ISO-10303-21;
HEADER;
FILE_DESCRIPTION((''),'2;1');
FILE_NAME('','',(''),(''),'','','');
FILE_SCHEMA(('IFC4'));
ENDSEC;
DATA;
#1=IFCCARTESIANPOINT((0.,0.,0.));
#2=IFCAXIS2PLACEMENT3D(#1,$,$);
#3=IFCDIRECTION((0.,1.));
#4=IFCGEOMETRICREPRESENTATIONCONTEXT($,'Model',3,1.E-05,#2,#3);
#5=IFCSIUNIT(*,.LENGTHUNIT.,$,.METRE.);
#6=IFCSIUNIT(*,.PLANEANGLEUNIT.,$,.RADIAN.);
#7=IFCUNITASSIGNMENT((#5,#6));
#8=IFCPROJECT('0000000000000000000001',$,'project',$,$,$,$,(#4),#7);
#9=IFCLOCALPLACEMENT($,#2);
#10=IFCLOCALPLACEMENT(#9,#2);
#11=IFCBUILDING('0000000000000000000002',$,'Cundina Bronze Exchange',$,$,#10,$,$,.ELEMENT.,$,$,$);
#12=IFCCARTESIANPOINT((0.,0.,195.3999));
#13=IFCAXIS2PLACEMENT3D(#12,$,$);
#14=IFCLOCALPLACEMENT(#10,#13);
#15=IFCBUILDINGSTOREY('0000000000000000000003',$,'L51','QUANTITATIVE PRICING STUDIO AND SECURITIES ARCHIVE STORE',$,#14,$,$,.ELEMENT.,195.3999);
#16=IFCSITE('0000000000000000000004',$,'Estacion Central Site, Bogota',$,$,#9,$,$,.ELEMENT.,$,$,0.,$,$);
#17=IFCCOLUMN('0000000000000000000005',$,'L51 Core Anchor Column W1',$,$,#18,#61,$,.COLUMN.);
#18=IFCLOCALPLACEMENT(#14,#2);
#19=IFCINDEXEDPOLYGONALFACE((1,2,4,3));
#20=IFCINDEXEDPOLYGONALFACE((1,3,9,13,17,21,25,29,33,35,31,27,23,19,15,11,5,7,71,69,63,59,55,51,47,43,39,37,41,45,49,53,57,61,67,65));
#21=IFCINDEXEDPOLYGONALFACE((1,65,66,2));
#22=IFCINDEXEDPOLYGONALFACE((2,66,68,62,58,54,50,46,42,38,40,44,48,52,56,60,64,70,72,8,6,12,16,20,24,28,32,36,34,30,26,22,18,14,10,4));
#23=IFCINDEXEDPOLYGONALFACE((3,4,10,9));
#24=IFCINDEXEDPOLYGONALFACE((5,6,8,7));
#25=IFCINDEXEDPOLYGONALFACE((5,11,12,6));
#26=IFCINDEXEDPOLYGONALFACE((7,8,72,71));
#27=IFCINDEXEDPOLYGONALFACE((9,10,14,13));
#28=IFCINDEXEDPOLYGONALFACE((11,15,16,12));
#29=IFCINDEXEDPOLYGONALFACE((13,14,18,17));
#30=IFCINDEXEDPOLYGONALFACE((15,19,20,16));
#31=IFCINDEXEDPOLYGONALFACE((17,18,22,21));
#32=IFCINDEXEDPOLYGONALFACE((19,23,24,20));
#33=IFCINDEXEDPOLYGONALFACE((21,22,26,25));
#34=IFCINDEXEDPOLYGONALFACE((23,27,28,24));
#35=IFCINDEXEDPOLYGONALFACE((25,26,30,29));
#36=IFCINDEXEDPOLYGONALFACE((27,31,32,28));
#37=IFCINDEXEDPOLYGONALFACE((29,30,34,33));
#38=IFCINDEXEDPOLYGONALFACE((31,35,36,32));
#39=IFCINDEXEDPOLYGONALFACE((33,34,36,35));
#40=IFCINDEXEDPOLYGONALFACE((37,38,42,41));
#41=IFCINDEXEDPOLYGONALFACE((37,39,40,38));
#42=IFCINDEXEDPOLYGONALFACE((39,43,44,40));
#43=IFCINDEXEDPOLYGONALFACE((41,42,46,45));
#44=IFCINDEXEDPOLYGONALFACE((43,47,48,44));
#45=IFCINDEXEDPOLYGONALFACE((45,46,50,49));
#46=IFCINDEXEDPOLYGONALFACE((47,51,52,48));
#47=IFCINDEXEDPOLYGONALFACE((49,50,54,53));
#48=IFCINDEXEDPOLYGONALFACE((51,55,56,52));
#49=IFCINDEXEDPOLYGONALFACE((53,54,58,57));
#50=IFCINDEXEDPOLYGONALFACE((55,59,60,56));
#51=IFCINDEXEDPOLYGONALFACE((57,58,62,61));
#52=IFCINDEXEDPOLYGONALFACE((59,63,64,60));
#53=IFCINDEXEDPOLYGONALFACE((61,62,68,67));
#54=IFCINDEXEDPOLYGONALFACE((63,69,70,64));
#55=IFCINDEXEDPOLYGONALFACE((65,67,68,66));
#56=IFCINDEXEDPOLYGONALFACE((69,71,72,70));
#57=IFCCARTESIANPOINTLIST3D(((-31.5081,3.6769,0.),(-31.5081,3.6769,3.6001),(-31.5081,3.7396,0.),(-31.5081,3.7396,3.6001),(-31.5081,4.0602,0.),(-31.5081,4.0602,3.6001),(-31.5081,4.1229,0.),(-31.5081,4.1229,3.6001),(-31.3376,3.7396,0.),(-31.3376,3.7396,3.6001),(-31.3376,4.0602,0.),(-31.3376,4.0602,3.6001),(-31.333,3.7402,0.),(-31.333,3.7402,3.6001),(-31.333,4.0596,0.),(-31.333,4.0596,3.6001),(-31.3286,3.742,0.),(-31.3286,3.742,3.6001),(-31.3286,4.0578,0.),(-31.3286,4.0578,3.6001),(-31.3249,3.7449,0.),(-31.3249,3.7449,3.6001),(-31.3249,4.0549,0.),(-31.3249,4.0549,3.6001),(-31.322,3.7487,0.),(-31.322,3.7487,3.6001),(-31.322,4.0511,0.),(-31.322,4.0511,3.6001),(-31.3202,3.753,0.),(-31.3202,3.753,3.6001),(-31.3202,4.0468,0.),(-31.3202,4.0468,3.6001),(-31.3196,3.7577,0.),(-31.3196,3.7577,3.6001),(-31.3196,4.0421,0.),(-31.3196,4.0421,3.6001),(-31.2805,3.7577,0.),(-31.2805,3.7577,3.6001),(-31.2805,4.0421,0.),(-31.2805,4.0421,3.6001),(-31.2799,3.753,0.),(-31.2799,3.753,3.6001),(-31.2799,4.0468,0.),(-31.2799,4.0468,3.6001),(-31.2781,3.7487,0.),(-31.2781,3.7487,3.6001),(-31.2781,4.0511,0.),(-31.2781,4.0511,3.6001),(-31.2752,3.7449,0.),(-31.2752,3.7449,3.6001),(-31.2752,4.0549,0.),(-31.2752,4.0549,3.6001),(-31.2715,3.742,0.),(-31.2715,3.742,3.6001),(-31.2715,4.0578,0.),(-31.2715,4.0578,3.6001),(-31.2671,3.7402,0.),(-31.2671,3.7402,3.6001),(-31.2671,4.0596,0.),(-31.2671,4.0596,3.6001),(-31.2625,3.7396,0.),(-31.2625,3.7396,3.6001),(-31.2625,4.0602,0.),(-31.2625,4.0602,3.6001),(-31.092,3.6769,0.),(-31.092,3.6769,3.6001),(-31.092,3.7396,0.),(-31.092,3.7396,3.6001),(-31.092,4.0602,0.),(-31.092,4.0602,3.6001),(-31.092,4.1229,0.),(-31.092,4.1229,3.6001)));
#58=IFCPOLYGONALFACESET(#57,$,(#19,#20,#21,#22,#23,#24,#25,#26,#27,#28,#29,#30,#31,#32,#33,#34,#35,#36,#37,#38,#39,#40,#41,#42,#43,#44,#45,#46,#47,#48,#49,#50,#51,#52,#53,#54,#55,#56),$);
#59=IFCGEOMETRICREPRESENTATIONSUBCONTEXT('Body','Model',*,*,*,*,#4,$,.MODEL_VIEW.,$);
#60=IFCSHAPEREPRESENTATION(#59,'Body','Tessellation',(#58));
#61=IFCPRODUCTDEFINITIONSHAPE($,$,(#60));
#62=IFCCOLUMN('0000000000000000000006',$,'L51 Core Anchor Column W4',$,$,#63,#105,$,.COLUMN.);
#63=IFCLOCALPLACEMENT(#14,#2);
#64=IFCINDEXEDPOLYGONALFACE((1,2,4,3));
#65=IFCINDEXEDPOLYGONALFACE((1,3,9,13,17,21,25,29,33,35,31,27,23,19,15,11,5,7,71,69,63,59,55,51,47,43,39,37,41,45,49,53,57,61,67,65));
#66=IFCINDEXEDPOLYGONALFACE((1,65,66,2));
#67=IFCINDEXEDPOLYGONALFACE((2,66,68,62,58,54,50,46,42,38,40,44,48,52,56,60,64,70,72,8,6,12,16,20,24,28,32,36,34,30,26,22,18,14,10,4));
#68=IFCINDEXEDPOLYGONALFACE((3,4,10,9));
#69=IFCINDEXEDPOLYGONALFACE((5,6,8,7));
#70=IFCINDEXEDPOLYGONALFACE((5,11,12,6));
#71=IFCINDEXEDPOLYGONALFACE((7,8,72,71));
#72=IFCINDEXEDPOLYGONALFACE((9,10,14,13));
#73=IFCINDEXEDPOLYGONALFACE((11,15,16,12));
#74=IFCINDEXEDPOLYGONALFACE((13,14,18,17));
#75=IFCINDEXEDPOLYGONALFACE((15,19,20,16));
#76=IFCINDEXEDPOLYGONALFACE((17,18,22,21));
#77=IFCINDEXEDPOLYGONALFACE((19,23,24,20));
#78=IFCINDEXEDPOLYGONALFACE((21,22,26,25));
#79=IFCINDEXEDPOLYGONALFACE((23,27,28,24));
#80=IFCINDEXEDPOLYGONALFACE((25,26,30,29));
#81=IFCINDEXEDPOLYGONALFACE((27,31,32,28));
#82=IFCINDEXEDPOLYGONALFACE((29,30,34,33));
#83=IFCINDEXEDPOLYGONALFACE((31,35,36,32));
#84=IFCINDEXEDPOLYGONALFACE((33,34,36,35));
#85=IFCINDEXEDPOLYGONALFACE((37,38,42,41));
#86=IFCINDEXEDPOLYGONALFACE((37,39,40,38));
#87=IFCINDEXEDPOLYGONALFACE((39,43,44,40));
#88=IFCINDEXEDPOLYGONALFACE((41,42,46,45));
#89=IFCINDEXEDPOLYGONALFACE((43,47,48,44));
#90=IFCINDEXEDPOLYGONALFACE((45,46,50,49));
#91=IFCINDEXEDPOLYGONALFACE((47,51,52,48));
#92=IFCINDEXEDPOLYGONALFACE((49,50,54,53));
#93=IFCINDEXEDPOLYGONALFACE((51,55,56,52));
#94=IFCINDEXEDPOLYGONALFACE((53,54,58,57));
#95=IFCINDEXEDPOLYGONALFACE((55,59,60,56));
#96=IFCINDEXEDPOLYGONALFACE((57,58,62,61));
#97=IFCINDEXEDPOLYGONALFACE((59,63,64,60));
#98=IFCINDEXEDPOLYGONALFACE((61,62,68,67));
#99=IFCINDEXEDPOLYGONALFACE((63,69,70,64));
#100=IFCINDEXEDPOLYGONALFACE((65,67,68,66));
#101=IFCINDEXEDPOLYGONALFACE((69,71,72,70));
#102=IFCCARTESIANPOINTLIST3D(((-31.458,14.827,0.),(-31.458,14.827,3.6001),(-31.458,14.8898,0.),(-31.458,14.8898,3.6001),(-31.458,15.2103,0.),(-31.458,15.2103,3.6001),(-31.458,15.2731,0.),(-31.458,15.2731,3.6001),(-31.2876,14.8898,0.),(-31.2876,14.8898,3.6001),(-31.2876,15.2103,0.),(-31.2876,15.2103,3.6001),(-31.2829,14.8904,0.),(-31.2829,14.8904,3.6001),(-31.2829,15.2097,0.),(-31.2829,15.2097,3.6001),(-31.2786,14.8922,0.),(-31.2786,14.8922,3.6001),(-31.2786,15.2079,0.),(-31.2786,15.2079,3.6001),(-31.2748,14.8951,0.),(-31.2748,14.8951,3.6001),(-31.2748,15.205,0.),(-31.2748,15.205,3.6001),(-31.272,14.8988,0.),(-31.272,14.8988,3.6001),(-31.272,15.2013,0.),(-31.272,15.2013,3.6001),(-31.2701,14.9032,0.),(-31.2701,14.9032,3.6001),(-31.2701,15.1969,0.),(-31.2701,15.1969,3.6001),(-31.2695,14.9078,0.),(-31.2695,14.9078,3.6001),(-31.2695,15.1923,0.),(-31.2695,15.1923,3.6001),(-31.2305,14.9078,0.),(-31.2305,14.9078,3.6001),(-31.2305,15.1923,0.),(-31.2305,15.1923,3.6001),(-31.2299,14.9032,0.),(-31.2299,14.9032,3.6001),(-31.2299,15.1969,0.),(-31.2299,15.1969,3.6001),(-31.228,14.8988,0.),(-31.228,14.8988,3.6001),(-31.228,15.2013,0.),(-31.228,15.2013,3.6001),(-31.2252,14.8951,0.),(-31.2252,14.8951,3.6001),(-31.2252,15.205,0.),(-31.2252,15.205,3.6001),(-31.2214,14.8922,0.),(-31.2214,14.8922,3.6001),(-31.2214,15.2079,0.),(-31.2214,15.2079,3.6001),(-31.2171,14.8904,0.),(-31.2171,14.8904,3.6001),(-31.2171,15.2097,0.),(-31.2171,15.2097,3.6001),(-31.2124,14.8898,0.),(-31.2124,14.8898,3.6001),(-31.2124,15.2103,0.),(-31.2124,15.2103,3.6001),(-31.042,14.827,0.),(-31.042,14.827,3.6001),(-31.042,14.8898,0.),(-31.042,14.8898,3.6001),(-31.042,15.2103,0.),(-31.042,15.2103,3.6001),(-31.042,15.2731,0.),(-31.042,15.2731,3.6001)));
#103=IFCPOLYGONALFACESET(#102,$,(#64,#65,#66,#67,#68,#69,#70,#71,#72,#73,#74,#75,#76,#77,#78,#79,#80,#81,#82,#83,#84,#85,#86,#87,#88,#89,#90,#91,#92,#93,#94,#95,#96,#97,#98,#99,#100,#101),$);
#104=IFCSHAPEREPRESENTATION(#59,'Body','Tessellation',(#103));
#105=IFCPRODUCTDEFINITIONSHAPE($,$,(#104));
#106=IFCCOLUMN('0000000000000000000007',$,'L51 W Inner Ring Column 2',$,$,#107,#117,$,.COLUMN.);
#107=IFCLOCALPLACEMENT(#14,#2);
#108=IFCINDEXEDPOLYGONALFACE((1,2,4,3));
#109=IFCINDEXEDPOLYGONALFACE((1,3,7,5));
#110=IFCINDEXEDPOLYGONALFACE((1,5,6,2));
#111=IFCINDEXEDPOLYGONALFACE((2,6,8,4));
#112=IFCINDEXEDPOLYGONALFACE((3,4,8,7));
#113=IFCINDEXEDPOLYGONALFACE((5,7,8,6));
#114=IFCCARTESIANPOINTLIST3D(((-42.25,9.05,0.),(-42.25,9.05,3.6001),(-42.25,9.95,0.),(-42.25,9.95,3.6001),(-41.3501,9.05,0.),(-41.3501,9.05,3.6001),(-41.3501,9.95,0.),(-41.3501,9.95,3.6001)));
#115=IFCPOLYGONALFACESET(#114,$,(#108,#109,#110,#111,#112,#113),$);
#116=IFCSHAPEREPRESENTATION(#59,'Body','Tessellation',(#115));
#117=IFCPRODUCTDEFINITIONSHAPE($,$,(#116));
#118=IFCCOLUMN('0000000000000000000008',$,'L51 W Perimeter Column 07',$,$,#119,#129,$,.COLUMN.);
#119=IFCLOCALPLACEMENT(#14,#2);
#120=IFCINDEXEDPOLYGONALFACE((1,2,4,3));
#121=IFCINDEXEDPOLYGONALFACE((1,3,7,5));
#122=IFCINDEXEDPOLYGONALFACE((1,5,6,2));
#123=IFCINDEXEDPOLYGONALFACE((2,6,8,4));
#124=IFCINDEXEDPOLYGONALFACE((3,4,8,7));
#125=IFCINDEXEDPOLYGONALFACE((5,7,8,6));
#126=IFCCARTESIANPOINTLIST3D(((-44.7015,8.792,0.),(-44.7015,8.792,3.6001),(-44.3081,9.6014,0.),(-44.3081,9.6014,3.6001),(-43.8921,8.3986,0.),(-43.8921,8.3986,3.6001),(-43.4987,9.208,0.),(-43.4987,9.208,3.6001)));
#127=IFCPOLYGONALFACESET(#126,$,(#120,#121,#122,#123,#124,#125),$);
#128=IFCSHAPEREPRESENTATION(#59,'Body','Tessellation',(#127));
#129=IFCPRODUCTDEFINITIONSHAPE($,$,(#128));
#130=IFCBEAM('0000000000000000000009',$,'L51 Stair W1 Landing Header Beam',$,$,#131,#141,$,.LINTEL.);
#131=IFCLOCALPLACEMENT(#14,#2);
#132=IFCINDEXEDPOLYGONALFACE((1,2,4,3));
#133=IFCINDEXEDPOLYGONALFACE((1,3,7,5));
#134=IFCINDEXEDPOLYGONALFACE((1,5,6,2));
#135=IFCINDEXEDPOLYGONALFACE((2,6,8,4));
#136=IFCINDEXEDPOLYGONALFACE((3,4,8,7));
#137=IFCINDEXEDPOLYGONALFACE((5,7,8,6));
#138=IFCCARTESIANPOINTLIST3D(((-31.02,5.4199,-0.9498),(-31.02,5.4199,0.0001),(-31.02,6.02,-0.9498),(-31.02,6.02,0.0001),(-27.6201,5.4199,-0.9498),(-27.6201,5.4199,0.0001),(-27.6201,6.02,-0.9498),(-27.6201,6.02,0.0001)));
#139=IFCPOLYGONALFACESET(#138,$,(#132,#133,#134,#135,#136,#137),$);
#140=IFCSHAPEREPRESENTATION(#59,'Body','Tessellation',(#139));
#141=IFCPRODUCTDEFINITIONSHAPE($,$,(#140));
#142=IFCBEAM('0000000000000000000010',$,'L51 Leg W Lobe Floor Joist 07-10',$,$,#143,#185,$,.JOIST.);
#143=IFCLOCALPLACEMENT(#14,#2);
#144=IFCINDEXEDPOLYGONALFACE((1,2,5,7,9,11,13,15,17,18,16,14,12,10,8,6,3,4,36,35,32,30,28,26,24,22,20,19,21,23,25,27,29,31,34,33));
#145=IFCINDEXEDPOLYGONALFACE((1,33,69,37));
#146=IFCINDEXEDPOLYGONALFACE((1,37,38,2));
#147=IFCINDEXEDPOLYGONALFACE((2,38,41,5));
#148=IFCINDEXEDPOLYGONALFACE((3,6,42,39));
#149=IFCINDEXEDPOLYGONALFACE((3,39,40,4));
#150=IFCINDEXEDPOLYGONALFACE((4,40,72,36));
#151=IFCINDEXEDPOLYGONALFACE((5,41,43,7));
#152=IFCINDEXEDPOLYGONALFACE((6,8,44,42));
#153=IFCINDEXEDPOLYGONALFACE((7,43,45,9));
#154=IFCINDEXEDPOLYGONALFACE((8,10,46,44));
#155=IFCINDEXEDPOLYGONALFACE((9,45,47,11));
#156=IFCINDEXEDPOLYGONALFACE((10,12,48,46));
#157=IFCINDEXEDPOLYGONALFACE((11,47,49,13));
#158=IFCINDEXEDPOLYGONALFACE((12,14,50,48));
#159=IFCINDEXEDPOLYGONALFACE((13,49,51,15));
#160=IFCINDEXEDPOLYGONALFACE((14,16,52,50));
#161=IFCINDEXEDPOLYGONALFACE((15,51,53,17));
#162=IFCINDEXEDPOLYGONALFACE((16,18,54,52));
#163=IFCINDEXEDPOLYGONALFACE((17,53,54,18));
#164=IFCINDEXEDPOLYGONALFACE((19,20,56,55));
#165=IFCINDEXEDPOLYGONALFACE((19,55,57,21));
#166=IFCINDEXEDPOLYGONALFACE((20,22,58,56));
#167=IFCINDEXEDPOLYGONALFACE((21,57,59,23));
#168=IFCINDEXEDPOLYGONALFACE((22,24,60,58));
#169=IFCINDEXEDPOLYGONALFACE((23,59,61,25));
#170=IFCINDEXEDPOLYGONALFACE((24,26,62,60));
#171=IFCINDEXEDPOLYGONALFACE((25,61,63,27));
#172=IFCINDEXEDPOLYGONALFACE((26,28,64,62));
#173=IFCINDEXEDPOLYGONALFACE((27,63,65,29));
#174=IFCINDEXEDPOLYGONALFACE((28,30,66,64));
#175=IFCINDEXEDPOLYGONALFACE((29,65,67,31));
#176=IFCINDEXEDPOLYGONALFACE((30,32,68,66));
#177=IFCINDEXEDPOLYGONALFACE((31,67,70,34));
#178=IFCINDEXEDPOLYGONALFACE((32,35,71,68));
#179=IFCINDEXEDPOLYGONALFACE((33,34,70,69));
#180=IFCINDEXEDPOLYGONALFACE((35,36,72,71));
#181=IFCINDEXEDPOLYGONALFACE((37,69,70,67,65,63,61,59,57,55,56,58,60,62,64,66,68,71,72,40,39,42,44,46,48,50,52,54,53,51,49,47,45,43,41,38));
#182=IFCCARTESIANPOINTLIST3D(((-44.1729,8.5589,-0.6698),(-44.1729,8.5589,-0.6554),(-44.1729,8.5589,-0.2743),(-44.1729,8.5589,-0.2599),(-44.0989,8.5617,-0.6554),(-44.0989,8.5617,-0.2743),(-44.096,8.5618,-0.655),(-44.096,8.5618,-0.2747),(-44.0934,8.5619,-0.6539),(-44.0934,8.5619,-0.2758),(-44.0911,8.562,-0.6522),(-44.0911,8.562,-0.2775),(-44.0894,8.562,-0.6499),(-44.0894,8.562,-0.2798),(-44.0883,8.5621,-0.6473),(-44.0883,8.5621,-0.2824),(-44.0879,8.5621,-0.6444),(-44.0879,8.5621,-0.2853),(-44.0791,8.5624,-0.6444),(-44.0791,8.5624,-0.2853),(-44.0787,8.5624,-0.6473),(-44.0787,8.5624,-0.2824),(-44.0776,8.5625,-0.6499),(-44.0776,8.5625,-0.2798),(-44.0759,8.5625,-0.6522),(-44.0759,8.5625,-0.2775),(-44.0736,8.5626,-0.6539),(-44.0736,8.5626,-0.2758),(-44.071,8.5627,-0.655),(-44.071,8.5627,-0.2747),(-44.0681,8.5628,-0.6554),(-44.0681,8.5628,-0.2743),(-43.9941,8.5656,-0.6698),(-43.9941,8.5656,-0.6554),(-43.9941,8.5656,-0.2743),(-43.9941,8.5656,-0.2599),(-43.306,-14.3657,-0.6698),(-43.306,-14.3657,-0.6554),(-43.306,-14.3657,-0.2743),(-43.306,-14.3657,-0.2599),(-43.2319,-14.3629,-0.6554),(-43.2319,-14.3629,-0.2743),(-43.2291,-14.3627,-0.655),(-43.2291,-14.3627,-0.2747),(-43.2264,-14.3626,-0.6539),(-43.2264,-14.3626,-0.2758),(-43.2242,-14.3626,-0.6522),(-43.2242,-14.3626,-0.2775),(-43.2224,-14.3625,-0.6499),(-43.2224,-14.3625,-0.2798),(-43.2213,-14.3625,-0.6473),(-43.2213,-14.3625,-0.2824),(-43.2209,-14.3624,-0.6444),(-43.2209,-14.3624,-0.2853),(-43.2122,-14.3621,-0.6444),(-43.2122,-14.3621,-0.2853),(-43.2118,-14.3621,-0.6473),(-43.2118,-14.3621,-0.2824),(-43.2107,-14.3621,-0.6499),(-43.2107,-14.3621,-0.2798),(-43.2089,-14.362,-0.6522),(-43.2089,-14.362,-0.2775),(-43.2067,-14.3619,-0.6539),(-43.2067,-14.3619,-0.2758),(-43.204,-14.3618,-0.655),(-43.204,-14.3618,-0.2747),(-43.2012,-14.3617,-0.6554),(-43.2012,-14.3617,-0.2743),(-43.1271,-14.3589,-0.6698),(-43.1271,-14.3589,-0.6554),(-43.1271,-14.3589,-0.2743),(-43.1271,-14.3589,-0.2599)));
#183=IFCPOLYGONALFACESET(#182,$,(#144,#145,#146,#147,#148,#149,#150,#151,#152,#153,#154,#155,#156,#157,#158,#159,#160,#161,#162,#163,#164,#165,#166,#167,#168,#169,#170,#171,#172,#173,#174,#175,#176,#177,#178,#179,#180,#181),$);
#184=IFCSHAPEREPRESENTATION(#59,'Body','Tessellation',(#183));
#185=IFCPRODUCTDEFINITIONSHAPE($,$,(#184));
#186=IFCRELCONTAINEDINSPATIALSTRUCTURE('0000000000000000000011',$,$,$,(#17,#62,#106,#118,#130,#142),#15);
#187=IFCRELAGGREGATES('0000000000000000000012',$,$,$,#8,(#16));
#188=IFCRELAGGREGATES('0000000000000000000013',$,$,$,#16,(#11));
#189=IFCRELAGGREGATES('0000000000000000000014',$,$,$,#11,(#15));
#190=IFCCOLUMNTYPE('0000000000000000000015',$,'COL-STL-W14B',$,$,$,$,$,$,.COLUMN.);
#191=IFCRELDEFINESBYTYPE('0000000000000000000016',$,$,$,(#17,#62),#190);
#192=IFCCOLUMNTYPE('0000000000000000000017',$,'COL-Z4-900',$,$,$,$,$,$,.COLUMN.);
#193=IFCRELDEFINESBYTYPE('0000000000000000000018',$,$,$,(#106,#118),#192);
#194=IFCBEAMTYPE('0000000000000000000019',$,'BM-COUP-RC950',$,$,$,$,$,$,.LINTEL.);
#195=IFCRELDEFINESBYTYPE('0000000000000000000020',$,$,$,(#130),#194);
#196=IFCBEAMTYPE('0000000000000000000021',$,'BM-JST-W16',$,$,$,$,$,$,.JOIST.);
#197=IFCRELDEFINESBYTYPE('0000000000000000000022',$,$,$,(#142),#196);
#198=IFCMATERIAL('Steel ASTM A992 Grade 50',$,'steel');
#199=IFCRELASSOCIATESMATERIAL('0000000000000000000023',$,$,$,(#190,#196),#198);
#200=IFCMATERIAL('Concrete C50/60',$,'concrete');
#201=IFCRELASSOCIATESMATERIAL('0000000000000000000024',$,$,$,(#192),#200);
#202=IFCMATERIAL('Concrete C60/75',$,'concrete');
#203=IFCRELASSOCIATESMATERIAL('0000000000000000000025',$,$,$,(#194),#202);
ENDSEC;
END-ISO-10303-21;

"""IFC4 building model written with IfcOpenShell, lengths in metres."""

from ifc_helpers import new_model, si_unit, direction, frame, origin, origin_2d, place, context, subcontext, project, spatial, rectangle, i_section, extrude, material, material_profile, profile_set, type_object, element, save


model = new_model("IFC4")

# Units and contexts
model_context = context("Model", 3, precision=1e-05, world=origin(), true_north=direction((0.0, 1.0)))
body_context = subcontext(model_context, "Body", "Model", "MODEL_VIEW")
ifc_project = project(units=[si_unit("LENGTHUNIT", "METRE"), si_unit("PLANEANGLEUNIT", "RADIAN")], contexts=[model_context])

# Site, building, storey
site_placement = place(None, origin())
site = spatial("IfcSite", under=ifc_project, at=site_placement, Name="Estacion Central Site, Bogota", CompositionType="ELEMENT", RefElevation=0.0)
building_placement = place(site_placement, origin())
building = spatial("IfcBuilding", under=site, at=building_placement, Name="Cundina Bronze Exchange", CompositionType="ELEMENT")
storey_placement = place(building_placement, frame((0.0, 0.0, 195.3999)))
storey = spatial("IfcBuildingStorey", under=building, at=storey_placement, Name="L51", Description="QUANTITATIVE PRICING STUDIO AND SECURITIES ARCHIVE STORE", CompositionType="ELEMENT", Elevation=195.3999)

# Columns
ifc_material_1 = material(Name="Steel ASTM A992 Grade 50", Category="steel")
ifc_material_profile_1 = material_profile(ifc_material_1, i_section(OverallWidth=0.416, OverallDepth=0.446, WebThickness=0.0391, FlangeThickness=0.0627, FilletRadius=0.0181, at=origin_2d()), Name="W14X342", Category="steel")
ifc_profile_set_1 = profile_set([ifc_material_profile_1], Name="Steel ASTM A992 Grade 50")
column_type_1 = type_object("IfcColumnType", Name="COL-STL-W14B", PredefinedType="COLUMN", material=ifc_profile_set_1)
for number, where, z_axis, x_axis, name in (
    (1, (-31.3, 3.8999, 0.0), (0.0, 0.0, 1.0), (1.0, 0.0, 0.0), "L51 Core Anchor Column W1"),
    (2, (-31.25, 15.05, 0.0), (0.0, 0.0, 1.0), (1.0, 0.0, 0.0), "L51 Core Anchor Column W4"),
):
    element("IfcColumn", number, at=place(storey_placement, frame(where, z_axis=z_axis, x_axis=x_axis)), inside=storey, type_object=column_type_1, Name=name, PredefinedType="COLUMN", context=body_context, shape_type="SweptSolid", body=[
        extrude(i_section(OverallWidth=0.416, OverallDepth=0.446, WebThickness=0.0391, FlangeThickness=0.0627, FilletRadius=0.0181, at=origin_2d()), origin(), (0.0, 0.0, 1.0), 3.6001),
    ])
ifc_material_2 = material(Name="Concrete C50/60", Category="concrete")
ifc_material_profile_2 = material_profile(ifc_material_2, rectangle(XDim=0.8999, YDim=0.8999, at=origin_2d()), Name="RC900X900", Category="concrete")
ifc_profile_set_2 = profile_set([ifc_material_profile_2], Name="Concrete C50/60")
column_type_2 = type_object("IfcColumnType", Name="COL-Z4-900", PredefinedType="COLUMN", material=ifc_profile_set_2)
for number, where, z_axis, x_axis, name in (
    (3, (-41.8, 9.5, 0.0), (0.0, 0.0, 1.0), (1.0, 0.0, 0.0), "L51 W Inner Ring Column 2"),
    (4, (-44.1001, 9.0, 0.0), (0.0, 0.0, 1.0), (-0.437116, -0.899405, 0.0), "L51 W Perimeter Column 07"),
):
    element("IfcColumn", number, at=place(storey_placement, frame(where, z_axis=z_axis, x_axis=x_axis)), inside=storey, type_object=column_type_2, Name=name, PredefinedType="COLUMN", context=body_context, shape_type="SweptSolid", body=[
        extrude(rectangle(XDim=0.8999, YDim=0.8999, at=origin_2d()), origin(), (0.0, 0.0, 1.0), 3.6001),
    ])

# Beams
ifc_material_3 = material(Name="Concrete C60/75", Category="concrete")
ifc_material_profile_3 = material_profile(ifc_material_3, rectangle(XDim=0.6001, YDim=0.95, at=origin_2d()), Name="RC600X950", Category="concrete")
ifc_profile_set_3 = profile_set([ifc_material_profile_3], Name="Concrete C60/75")
beam_type_1 = type_object("IfcBeamType", Name="BM-COUP-RC950", PredefinedType="LINTEL", material=ifc_profile_set_3)
beam_1_placement = place(storey_placement, frame((-31.02, 5.72, -0.4749), z_axis=(1.0, 0.0, 0.0), x_axis=(0.0, 1.0, 0.0)))
element("IfcBeam", 5, at=beam_1_placement, inside=storey, type_object=beam_type_1, Name="L51 Stair W1 Landing Header Beam", PredefinedType="LINTEL", context=body_context, shape_type="SweptSolid", body=[
    extrude(rectangle(XDim=0.6001, YDim=0.95, at=origin_2d()), origin(), (0.0, 0.0, 1.0), 3.3999),
])
ifc_material_profile_4 = material_profile(ifc_material_1, i_section(OverallWidth=0.179, OverallDepth=0.4099, WebThickness=0.0088, FlangeThickness=0.0144, FilletRadius=0.011, at=origin_2d()), Name="W16X45", Category="steel")
ifc_profile_set_4 = profile_set([ifc_material_profile_4], Name="Steel ASTM A992 Grade 50")
beam_type_2 = type_object("IfcBeamType", Name="BM-JST-W16", PredefinedType="JOIST", material=ifc_profile_set_4)
beam_2_placement = place(storey_placement, frame((-44.0835, 8.5623, -0.4648), z_axis=(0.03779, -0.999286, 0.0), x_axis=(0.999286, 0.03779, 0.0)))
element("IfcBeam", 6, at=beam_2_placement, inside=storey, type_object=beam_type_2, Name="L51 Leg W Lobe Floor Joist 07-10", PredefinedType="JOIST", context=body_context, shape_type="SweptSolid", body=[
    extrude(i_section(OverallWidth=0.179, OverallDepth=0.4099, WebThickness=0.0088, FlangeThickness=0.0144, FilletRadius=0.011, at=origin_2d()), origin(), (0.0, 0.0, 1.0), 22.9409),
])

save(model, "model.ifc")
